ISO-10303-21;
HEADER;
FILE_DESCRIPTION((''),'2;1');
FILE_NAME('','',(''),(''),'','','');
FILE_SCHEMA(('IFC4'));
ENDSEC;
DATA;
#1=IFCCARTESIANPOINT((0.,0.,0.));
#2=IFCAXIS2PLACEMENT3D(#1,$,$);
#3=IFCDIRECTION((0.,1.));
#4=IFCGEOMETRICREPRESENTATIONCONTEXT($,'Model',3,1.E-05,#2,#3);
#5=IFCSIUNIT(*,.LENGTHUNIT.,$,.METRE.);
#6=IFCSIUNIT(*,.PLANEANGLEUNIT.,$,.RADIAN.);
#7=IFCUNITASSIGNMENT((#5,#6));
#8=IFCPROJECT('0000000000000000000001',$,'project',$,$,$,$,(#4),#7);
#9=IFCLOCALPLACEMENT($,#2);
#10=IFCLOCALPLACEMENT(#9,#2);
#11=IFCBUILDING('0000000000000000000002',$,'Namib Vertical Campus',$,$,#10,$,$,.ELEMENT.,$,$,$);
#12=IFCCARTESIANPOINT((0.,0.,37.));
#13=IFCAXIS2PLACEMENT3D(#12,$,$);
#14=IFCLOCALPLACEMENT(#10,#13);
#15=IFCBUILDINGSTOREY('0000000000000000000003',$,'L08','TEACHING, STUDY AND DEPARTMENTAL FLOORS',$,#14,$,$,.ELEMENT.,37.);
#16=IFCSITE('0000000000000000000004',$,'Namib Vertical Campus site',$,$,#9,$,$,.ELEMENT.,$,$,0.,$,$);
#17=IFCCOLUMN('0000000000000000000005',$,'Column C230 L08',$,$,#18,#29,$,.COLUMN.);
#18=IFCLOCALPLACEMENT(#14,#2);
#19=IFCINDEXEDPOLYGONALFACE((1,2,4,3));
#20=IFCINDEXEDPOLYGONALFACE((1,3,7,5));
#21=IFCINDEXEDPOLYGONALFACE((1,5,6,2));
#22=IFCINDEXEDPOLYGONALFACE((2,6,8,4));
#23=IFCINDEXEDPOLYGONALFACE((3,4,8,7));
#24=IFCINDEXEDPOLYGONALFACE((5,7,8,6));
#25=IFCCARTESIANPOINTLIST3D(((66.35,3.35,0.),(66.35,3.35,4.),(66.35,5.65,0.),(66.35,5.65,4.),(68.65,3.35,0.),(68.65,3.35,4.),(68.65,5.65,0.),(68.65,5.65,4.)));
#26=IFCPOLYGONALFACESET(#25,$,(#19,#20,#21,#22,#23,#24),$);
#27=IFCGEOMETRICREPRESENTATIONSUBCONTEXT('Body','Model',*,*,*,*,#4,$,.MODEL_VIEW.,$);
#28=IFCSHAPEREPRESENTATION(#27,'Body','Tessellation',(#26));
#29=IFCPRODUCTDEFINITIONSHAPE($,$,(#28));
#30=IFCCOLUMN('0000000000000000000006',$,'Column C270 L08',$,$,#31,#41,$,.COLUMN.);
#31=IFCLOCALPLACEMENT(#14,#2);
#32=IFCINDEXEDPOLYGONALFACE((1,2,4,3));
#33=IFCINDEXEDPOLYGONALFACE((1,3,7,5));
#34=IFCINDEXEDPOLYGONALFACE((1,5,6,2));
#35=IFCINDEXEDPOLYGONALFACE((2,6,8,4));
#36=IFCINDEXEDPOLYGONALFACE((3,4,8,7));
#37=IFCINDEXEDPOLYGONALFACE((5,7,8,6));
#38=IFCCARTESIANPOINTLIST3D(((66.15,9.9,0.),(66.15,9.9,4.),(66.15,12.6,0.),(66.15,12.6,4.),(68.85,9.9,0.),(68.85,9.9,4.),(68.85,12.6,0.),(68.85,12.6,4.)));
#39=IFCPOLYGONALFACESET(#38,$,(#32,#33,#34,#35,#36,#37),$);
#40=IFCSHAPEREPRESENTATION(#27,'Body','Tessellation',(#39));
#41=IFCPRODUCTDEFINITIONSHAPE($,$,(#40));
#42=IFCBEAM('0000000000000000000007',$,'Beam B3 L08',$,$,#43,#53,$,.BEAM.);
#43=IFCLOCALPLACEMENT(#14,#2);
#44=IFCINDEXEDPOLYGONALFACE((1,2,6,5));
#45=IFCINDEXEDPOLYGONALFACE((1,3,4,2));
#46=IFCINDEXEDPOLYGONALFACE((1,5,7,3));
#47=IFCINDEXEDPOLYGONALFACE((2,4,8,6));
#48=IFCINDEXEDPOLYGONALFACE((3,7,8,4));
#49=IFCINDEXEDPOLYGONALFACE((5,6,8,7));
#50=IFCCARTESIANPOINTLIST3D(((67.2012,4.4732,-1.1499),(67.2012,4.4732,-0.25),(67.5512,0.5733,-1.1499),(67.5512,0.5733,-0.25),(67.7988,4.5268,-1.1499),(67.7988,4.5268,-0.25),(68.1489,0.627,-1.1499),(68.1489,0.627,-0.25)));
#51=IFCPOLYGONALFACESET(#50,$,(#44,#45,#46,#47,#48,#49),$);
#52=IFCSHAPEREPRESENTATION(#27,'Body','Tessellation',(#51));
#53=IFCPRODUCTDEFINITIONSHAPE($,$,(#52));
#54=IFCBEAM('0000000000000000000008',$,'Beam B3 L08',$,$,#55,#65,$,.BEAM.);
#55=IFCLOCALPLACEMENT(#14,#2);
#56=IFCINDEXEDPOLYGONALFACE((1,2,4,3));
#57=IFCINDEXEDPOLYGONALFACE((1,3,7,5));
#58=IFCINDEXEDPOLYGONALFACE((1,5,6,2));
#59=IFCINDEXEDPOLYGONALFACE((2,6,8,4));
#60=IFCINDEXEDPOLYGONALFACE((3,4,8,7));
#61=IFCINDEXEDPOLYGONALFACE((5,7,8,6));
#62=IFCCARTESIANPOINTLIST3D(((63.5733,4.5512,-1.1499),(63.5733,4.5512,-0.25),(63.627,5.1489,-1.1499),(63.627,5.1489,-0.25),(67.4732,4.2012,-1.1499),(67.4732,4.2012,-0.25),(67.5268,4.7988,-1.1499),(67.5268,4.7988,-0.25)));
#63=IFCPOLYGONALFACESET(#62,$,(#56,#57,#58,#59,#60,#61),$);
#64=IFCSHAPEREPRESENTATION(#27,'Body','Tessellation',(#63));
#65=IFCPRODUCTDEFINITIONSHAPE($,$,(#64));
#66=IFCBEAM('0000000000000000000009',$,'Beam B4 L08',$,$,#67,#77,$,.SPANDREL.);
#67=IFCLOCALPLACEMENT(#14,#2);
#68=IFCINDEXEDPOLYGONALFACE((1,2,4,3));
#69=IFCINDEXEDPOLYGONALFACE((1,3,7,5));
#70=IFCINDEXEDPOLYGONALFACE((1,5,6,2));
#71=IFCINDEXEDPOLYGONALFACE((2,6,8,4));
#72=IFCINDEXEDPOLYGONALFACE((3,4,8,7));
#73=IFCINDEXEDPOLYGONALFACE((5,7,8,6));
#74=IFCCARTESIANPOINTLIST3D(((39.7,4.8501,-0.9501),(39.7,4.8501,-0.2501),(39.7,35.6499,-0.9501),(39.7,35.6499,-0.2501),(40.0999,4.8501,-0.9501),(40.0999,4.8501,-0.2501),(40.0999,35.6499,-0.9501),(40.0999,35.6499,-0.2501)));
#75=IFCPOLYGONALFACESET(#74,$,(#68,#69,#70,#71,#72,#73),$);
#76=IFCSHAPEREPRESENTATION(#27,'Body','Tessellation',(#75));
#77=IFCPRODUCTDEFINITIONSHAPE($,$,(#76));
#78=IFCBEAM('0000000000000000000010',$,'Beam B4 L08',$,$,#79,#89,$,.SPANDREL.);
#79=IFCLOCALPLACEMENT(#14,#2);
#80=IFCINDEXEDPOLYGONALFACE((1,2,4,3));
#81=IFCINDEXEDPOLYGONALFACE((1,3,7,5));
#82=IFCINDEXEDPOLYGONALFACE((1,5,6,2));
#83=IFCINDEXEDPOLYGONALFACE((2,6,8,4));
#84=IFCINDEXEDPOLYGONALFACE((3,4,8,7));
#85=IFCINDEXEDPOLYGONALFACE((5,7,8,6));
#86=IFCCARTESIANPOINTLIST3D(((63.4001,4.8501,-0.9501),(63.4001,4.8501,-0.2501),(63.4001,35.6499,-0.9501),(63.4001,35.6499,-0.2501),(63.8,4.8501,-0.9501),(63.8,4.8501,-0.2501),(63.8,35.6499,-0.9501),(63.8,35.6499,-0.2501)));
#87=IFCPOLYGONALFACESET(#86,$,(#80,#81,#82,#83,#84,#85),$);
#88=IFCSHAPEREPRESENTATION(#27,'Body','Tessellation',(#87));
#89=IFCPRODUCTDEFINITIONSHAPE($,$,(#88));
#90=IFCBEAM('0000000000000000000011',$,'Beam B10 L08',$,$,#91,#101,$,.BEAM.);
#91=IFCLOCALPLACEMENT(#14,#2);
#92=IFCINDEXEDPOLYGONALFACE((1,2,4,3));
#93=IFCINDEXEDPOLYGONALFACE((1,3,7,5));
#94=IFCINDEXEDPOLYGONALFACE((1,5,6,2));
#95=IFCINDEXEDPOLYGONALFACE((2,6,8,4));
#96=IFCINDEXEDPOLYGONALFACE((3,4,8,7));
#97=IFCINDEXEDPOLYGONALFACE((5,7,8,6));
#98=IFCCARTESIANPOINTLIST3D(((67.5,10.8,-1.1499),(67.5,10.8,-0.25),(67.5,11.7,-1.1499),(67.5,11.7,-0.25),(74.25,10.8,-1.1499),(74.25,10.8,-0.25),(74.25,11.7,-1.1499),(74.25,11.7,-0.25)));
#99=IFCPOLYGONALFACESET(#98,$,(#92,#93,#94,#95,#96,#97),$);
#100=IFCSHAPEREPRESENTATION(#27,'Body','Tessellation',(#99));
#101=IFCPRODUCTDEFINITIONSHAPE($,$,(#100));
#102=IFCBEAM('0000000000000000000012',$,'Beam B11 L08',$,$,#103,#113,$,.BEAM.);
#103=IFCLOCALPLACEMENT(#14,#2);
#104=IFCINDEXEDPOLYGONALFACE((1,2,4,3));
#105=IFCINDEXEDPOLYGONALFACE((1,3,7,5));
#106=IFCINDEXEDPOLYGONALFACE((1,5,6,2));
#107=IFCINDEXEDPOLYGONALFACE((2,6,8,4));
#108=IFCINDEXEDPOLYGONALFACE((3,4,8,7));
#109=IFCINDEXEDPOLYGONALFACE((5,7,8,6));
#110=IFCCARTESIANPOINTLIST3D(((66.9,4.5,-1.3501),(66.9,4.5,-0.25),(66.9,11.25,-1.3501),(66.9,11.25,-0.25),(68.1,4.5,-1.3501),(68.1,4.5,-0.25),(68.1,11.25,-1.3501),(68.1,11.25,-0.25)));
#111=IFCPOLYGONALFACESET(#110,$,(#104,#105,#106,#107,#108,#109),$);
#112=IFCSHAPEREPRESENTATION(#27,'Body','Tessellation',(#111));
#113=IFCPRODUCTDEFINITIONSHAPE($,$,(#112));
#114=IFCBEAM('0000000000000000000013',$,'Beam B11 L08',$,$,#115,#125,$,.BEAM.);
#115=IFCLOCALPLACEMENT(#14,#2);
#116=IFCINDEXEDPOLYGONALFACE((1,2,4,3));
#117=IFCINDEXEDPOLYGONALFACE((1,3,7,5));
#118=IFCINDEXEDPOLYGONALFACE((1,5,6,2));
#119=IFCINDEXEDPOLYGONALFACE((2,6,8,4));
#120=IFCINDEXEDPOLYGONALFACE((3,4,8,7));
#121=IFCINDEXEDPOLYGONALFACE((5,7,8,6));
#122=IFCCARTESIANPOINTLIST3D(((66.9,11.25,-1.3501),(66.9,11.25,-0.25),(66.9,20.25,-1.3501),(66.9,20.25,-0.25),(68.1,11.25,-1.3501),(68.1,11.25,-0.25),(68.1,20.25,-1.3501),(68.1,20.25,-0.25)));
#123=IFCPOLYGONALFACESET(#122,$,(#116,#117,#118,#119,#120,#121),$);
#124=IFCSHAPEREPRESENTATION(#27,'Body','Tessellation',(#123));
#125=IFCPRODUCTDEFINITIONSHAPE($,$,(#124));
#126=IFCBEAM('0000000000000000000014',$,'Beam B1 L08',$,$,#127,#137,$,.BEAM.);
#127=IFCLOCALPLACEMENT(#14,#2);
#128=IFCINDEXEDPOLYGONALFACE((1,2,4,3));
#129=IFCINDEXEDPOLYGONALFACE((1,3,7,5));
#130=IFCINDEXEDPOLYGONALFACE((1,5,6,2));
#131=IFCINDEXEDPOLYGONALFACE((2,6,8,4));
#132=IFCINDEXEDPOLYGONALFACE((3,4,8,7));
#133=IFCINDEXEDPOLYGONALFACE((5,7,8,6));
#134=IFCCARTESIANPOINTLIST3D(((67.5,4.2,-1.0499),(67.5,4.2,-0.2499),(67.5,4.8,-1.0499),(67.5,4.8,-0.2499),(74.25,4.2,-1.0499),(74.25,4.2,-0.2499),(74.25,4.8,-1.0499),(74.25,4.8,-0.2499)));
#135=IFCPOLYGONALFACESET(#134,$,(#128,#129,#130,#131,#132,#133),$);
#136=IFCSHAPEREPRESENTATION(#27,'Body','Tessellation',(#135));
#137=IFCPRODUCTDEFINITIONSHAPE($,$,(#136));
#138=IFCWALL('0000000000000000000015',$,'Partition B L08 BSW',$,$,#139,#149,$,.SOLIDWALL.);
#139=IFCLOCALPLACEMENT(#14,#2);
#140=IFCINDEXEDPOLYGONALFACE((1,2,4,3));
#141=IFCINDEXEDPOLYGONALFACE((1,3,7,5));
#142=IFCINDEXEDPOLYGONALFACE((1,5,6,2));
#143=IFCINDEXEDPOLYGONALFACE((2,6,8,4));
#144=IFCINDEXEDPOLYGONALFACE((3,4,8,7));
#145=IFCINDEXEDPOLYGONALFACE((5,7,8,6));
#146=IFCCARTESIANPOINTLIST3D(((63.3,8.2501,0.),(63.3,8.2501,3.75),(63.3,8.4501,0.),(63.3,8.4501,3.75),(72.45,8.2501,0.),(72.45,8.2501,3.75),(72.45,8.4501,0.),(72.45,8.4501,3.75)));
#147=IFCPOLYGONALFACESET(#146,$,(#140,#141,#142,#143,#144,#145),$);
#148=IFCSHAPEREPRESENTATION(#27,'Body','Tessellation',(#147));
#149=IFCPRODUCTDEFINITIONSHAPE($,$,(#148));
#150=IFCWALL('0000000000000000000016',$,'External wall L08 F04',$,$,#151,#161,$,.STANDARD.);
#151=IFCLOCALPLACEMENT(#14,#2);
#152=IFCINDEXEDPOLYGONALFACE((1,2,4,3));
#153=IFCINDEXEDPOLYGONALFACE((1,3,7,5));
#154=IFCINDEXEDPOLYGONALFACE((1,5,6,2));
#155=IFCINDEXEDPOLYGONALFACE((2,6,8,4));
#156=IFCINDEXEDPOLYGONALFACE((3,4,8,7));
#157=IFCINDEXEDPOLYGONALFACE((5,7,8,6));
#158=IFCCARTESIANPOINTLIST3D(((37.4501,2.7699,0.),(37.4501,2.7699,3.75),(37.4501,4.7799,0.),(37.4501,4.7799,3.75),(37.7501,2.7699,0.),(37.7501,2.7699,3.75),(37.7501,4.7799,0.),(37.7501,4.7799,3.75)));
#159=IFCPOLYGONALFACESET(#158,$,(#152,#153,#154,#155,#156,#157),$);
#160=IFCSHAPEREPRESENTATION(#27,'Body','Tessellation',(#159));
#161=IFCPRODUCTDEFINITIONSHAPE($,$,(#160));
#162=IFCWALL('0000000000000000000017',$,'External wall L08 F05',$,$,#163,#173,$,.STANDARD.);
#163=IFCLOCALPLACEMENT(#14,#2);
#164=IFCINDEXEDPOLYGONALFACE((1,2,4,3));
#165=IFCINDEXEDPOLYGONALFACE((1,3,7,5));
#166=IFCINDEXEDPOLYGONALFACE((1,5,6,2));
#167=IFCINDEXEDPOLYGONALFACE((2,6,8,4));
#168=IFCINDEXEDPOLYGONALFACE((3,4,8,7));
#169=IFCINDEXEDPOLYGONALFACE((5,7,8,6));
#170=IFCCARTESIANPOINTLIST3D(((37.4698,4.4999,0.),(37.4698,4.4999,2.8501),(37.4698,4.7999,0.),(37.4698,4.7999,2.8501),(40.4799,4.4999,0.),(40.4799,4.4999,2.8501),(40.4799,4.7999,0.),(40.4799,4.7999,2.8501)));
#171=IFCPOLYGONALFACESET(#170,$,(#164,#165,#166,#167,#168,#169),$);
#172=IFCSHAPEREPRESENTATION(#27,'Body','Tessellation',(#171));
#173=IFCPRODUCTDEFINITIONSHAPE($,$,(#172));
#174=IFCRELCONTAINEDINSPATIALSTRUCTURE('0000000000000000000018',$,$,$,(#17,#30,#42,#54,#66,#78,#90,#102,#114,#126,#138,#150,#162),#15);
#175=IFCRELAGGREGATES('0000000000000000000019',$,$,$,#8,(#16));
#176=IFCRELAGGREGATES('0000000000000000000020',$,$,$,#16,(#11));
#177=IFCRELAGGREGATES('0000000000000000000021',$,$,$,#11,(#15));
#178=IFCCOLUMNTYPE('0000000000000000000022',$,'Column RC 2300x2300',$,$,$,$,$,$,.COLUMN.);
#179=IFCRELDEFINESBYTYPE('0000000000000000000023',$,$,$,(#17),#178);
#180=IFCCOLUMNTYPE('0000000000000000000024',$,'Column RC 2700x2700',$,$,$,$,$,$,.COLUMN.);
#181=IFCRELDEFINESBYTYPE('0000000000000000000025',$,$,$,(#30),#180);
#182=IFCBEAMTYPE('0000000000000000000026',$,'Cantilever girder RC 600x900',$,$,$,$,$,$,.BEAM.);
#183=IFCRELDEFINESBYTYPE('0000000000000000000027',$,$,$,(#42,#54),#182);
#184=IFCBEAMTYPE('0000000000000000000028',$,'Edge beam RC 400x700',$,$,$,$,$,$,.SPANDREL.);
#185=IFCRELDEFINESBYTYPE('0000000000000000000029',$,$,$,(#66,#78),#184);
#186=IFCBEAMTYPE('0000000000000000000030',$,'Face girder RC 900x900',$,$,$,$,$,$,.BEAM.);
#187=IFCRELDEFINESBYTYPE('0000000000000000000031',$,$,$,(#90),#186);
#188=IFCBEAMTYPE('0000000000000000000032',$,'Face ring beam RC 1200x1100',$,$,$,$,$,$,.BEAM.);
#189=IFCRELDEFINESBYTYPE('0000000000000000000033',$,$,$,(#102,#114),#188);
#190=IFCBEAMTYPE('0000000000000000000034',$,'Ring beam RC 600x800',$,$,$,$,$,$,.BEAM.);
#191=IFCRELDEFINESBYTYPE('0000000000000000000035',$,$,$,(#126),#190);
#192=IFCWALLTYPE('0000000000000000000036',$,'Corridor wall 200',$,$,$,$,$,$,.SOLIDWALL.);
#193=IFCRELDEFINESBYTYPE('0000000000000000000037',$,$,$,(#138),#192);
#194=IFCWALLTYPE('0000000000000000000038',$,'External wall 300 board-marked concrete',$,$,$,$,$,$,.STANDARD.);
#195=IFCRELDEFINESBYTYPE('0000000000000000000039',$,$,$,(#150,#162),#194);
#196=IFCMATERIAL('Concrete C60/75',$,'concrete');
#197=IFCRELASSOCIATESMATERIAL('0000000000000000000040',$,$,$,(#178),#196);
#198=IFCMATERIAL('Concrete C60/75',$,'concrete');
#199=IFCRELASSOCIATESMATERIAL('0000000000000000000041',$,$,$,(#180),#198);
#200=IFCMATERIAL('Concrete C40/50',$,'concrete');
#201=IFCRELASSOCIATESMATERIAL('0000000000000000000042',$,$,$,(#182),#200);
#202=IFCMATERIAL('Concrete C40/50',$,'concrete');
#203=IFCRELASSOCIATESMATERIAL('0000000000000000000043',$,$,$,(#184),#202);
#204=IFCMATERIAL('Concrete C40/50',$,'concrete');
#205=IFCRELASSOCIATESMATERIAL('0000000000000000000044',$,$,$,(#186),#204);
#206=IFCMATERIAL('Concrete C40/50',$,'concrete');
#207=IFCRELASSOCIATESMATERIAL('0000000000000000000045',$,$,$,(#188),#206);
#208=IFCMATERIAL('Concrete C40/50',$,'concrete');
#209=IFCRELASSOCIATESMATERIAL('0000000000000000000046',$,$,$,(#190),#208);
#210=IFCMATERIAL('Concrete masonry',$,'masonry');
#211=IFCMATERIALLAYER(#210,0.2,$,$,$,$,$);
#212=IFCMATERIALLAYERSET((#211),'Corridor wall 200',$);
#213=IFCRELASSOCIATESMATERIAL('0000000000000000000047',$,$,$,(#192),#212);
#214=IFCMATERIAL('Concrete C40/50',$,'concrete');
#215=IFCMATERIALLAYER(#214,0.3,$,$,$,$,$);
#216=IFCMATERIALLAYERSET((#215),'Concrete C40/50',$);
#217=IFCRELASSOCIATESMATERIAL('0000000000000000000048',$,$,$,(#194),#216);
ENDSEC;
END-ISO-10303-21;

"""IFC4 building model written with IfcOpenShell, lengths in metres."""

from ifc_helpers import new_model, si_unit, direction, frame, frame_2d, origin, origin_2d, place, context, subcontext, project, spatial, rectangle, extrude, material, layer, layer_set, material_profile, profile_set, type_object, element, save


model = new_model("IFC4")

# Units and contexts
model_context = context("Model", 3, precision=1e-05, world=origin(), true_north=direction((0.0, 1.0)))
body_context = subcontext(model_context, "Body", "Model", "MODEL_VIEW")
ifc_project = project(units=[si_unit("LENGTHUNIT", "METRE"), si_unit("PLANEANGLEUNIT", "RADIAN")], contexts=[model_context])

# Site, building, storey
site_placement = place(None, origin())
site = spatial("IfcSite", under=ifc_project, at=site_placement, Name="Namib Vertical Campus site", CompositionType="ELEMENT", RefElevation=0.0)
building_placement = place(site_placement, origin())
building = spatial("IfcBuilding", under=site, at=building_placement, Name="Namib Vertical Campus", CompositionType="ELEMENT")
storey_placement = place(building_placement, frame((0.0, 0.0, 37.0)))
storey = spatial("IfcBuildingStorey", under=building, at=storey_placement, Name="L08", Description="TEACHING, STUDY AND DEPARTMENTAL FLOORS", CompositionType="ELEMENT", Elevation=37.0)

# Columns
ifc_material_1 = material(Name="Concrete C60/75", Category="concrete")
ifc_material_profile_1 = material_profile(ifc_material_1, rectangle(XDim=2.3, YDim=2.3, at=origin_2d()))
ifc_profile_set_1 = profile_set([ifc_material_profile_1], Name="Concrete C60/75")
column_type_1 = type_object("IfcColumnType", Name="Column RC 2300x2300", PredefinedType="COLUMN", material=ifc_profile_set_1)
column_1_placement = place(storey_placement, frame((67.5, 4.5, 0.0), z_axis=(0.0, 0.0, 1.0), x_axis=(1.0, 0.0, 0.0)))
element("IfcColumn", 1, at=column_1_placement, inside=storey, type_object=column_type_1, Name="Column C230 L08", PredefinedType="COLUMN", context=body_context, shape_type="SweptSolid", body=[
    extrude(rectangle(XDim=2.3, YDim=2.3, at=origin_2d()), origin(), (0.0, 0.0, 1.0), 4.0),
])
ifc_material_2 = material(Name="Concrete C60/75", Category="concrete")
ifc_material_profile_2 = material_profile(ifc_material_2, rectangle(XDim=2.7, YDim=2.7, at=origin_2d()))
ifc_profile_set_2 = profile_set([ifc_material_profile_2], Name="Concrete C60/75")
column_type_2 = type_object("IfcColumnType", Name="Column RC 2700x2700", PredefinedType="COLUMN", material=ifc_profile_set_2)
column_2_placement = place(storey_placement, frame((67.5, 11.25, 0.0), z_axis=(0.0, 0.0, 1.0), x_axis=(1.0, 0.0, 0.0)))
element("IfcColumn", 2, at=column_2_placement, inside=storey, type_object=column_type_2, Name="Column C270 L08", PredefinedType="COLUMN", context=body_context, shape_type="SweptSolid", body=[
    extrude(rectangle(XDim=2.7, YDim=2.7, at=origin_2d()), origin(), (0.0, 0.0, 1.0), 4.0),
])

# Beams
ifc_material_3 = material(Name="Concrete C40/50", Category="concrete")
ifc_material_profile_3 = material_profile(ifc_material_3, rectangle(XDim=0.6001, YDim=0.8999, at=origin_2d()))
ifc_profile_set_3 = profile_set([ifc_material_profile_3], Name="Concrete C40/50")
beam_type_1 = type_object("IfcBeamType", Name="Cantilever girder RC 600x900", PredefinedType="BEAM", material=ifc_profile_set_3)
for number, where, z_axis, x_axis, name in (
    (3, (67.5, 4.5, -0.7), (0.089411, -0.995995, 0.0), (0.995995, 0.089411, 0.0), "Beam B3 L08"),
    (4, (67.5, 4.5, -0.7), (-0.995995, 0.089411, 0.0), (-0.089411, -0.995995, 0.0), "Beam B3 L08"),
):
    element("IfcBeam", number, at=place(storey_placement, frame(where, z_axis=z_axis, x_axis=x_axis)), inside=storey, type_object=beam_type_1, Name=name, PredefinedType="BEAM", context=body_context, shape_type="SweptSolid", body=[
        extrude(rectangle(XDim=0.6001, YDim=0.8999, at=origin_2d()), origin(), (0.0, 0.0, 1.0), 3.9155),
    ])
ifc_material_4 = material(Name="Concrete C40/50", Category="concrete")
ifc_material_profile_4 = material_profile(ifc_material_4, rectangle(XDim=0.3999, YDim=0.7, at=origin_2d()))
ifc_profile_set_4 = profile_set([ifc_material_profile_4], Name="Concrete C40/50")
beam_type_2 = type_object("IfcBeamType", Name="Edge beam RC 400x700", PredefinedType="SPANDREL", material=ifc_profile_set_4)
for number, where, z_axis, x_axis, name in (
    (5, (39.8999, 4.8501, -0.6001), (0.0, 1.0, 0.0), (-1.0, 0.0, 0.0), "Beam B4 L08"),
    (6, (63.6001, 4.8501, -0.6001), (0.0, 1.0, 0.0), (-1.0, 0.0, 0.0), "Beam B4 L08"),
):
    element("IfcBeam", number, at=place(storey_placement, frame(where, z_axis=z_axis, x_axis=x_axis)), inside=storey, type_object=beam_type_2, Name=name, PredefinedType="SPANDREL", context=body_context, shape_type="SweptSolid", body=[
        extrude(rectangle(XDim=0.3999, YDim=0.7, at=origin_2d()), origin(), (0.0, 0.0, 1.0), 30.7998),
    ])
ifc_material_5 = material(Name="Concrete C40/50", Category="concrete")
ifc_material_profile_5 = material_profile(ifc_material_5, rectangle(XDim=0.8999, YDim=0.8999, at=origin_2d()))
ifc_profile_set_5 = profile_set([ifc_material_profile_5], Name="Concrete C40/50")
beam_type_3 = type_object("IfcBeamType", Name="Face girder RC 900x900", PredefinedType="BEAM", material=ifc_profile_set_5)
beam_1_placement = place(storey_placement, frame((67.5, 11.25, -0.7), z_axis=(1.0, 0.0, 0.0), x_axis=(0.0, 1.0, 0.0)))
element("IfcBeam", 7, at=beam_1_placement, inside=storey, type_object=beam_type_3, Name="Beam B10 L08", PredefinedType="BEAM", context=body_context, shape_type="SweptSolid", body=[
    extrude(rectangle(XDim=0.8999, YDim=0.8999, at=origin_2d()), origin(), (0.0, 0.0, 1.0), 6.75),
])
ifc_material_6 = material(Name="Concrete C40/50", Category="concrete")
ifc_material_profile_6 = material_profile(ifc_material_6, rectangle(XDim=1.2, YDim=1.1001, at=origin_2d()))
ifc_profile_set_6 = profile_set([ifc_material_profile_6], Name="Concrete C40/50")
beam_type_4 = type_object("IfcBeamType", Name="Face ring beam RC 1200x1100", PredefinedType="BEAM", material=ifc_profile_set_6)
beam_2_placement = place(storey_placement, frame((67.5, 4.5, -0.8), z_axis=(0.0, 1.0, 0.0), x_axis=(-1.0, 0.0, 0.0)))
element("IfcBeam", 8, at=beam_2_placement, inside=storey, type_object=beam_type_4, Name="Beam B11 L08", PredefinedType="BEAM", context=body_context, shape_type="SweptSolid", body=[
    extrude(rectangle(XDim=1.2, YDim=1.1001, at=origin_2d()), origin(), (0.0, 0.0, 1.0), 6.75),
])
beam_3_placement = place(storey_placement, frame((67.5, 11.25, -0.8), z_axis=(0.0, 1.0, 0.0), x_axis=(-1.0, 0.0, 0.0)))
element("IfcBeam", 9, at=beam_3_placement, inside=storey, type_object=beam_type_4, Name="Beam B11 L08", PredefinedType="BEAM", context=body_context, shape_type="SweptSolid", body=[
    extrude(rectangle(XDim=1.2, YDim=1.1001, at=origin_2d()), origin(), (0.0, 0.0, 1.0), 9.0),
])
ifc_material_7 = material(Name="Concrete C40/50", Category="concrete")
ifc_material_profile_7 = material_profile(ifc_material_7, rectangle(XDim=0.6001, YDim=0.8, at=origin_2d()))
ifc_profile_set_7 = profile_set([ifc_material_profile_7], Name="Concrete C40/50")
beam_type_5 = type_object("IfcBeamType", Name="Ring beam RC 600x800", PredefinedType="BEAM", material=ifc_profile_set_7)
beam_4_placement = place(storey_placement, frame((67.5, 4.5, -0.6499), z_axis=(1.0, 0.0, 0.0), x_axis=(0.0, 1.0, 0.0)))
element("IfcBeam", 10, at=beam_4_placement, inside=storey, type_object=beam_type_5, Name="Beam B1 L08", PredefinedType="BEAM", context=body_context, shape_type="SweptSolid", body=[
    extrude(rectangle(XDim=0.6001, YDim=0.8, at=origin_2d()), origin(), (0.0, 0.0, 1.0), 6.75),
])

# Walls
ifc_material_8 = material(Name="Concrete masonry", Category="masonry")
ifc_layer_1 = layer(ifc_material_8, 0.2)
ifc_layer_set_1 = layer_set([ifc_layer_1], Name="Corridor wall 200")
wall_type_1 = type_object("IfcWallType", Name="Corridor wall 200", PredefinedType="SOLIDWALL", material=ifc_layer_set_1)
wall_1_placement = place(storey_placement, frame((63.3, 8.3501, 0.0), z_axis=(0.0, 0.0, 1.0), x_axis=(1.0, 0.0, 0.0)))
element("IfcWall", 11, at=wall_1_placement, inside=storey, type_object=wall_type_1, Name="Partition B L08 BSW", PredefinedType="SOLIDWALL", context=body_context, shape_type="SweptSolid", body=[
    extrude(rectangle(XDim=9.1499, YDim=0.2, at=frame_2d((4.575, 0.0))), origin(), (0.0, 0.0, 1.0), 3.75),
])
ifc_material_9 = material(Name="Concrete C40/50", Category="concrete")
ifc_layer_2 = layer(ifc_material_9, 0.3)
ifc_layer_set_2 = layer_set([ifc_layer_2], Name="Concrete C40/50")
wall_type_2 = type_object("IfcWallType", Name="External wall 300 board-marked concrete", PredefinedType="STANDARD", material=ifc_layer_set_2)
wall_2_placement = place(storey_placement, frame((37.6001, 2.77, 0.0), z_axis=(0.0, 0.0, 1.0), x_axis=(0.0, 1.0, 0.0)))
element("IfcWall", 12, at=wall_2_placement, inside=storey, type_object=wall_type_2, Name="External wall L08 F04", PredefinedType="STANDARD", context=body_context, shape_type="SweptSolid", body=[
    extrude(rectangle(XDim=2.01, YDim=0.3, at=frame_2d((1.0049, 0.0))), origin(), (0.0, 0.0, 1.0), 3.75),
])
wall_3_placement = place(storey_placement, frame((37.47, 4.6499, 0.0), z_axis=(0.0, 0.0, 1.0), x_axis=(1.0, 0.0, 0.0)))
element("IfcWall", 13, at=wall_3_placement, inside=storey, type_object=wall_type_2, Name="External wall L08 F05", PredefinedType="STANDARD", context=body_context, shape_type="SweptSolid", body=[
    extrude(rectangle(XDim=3.01, YDim=0.3, at=frame_2d((1.5049, 0.0))), origin(), (0.0, 0.0, 1.0), 2.8501),
])

save(model, "model.ifc")
